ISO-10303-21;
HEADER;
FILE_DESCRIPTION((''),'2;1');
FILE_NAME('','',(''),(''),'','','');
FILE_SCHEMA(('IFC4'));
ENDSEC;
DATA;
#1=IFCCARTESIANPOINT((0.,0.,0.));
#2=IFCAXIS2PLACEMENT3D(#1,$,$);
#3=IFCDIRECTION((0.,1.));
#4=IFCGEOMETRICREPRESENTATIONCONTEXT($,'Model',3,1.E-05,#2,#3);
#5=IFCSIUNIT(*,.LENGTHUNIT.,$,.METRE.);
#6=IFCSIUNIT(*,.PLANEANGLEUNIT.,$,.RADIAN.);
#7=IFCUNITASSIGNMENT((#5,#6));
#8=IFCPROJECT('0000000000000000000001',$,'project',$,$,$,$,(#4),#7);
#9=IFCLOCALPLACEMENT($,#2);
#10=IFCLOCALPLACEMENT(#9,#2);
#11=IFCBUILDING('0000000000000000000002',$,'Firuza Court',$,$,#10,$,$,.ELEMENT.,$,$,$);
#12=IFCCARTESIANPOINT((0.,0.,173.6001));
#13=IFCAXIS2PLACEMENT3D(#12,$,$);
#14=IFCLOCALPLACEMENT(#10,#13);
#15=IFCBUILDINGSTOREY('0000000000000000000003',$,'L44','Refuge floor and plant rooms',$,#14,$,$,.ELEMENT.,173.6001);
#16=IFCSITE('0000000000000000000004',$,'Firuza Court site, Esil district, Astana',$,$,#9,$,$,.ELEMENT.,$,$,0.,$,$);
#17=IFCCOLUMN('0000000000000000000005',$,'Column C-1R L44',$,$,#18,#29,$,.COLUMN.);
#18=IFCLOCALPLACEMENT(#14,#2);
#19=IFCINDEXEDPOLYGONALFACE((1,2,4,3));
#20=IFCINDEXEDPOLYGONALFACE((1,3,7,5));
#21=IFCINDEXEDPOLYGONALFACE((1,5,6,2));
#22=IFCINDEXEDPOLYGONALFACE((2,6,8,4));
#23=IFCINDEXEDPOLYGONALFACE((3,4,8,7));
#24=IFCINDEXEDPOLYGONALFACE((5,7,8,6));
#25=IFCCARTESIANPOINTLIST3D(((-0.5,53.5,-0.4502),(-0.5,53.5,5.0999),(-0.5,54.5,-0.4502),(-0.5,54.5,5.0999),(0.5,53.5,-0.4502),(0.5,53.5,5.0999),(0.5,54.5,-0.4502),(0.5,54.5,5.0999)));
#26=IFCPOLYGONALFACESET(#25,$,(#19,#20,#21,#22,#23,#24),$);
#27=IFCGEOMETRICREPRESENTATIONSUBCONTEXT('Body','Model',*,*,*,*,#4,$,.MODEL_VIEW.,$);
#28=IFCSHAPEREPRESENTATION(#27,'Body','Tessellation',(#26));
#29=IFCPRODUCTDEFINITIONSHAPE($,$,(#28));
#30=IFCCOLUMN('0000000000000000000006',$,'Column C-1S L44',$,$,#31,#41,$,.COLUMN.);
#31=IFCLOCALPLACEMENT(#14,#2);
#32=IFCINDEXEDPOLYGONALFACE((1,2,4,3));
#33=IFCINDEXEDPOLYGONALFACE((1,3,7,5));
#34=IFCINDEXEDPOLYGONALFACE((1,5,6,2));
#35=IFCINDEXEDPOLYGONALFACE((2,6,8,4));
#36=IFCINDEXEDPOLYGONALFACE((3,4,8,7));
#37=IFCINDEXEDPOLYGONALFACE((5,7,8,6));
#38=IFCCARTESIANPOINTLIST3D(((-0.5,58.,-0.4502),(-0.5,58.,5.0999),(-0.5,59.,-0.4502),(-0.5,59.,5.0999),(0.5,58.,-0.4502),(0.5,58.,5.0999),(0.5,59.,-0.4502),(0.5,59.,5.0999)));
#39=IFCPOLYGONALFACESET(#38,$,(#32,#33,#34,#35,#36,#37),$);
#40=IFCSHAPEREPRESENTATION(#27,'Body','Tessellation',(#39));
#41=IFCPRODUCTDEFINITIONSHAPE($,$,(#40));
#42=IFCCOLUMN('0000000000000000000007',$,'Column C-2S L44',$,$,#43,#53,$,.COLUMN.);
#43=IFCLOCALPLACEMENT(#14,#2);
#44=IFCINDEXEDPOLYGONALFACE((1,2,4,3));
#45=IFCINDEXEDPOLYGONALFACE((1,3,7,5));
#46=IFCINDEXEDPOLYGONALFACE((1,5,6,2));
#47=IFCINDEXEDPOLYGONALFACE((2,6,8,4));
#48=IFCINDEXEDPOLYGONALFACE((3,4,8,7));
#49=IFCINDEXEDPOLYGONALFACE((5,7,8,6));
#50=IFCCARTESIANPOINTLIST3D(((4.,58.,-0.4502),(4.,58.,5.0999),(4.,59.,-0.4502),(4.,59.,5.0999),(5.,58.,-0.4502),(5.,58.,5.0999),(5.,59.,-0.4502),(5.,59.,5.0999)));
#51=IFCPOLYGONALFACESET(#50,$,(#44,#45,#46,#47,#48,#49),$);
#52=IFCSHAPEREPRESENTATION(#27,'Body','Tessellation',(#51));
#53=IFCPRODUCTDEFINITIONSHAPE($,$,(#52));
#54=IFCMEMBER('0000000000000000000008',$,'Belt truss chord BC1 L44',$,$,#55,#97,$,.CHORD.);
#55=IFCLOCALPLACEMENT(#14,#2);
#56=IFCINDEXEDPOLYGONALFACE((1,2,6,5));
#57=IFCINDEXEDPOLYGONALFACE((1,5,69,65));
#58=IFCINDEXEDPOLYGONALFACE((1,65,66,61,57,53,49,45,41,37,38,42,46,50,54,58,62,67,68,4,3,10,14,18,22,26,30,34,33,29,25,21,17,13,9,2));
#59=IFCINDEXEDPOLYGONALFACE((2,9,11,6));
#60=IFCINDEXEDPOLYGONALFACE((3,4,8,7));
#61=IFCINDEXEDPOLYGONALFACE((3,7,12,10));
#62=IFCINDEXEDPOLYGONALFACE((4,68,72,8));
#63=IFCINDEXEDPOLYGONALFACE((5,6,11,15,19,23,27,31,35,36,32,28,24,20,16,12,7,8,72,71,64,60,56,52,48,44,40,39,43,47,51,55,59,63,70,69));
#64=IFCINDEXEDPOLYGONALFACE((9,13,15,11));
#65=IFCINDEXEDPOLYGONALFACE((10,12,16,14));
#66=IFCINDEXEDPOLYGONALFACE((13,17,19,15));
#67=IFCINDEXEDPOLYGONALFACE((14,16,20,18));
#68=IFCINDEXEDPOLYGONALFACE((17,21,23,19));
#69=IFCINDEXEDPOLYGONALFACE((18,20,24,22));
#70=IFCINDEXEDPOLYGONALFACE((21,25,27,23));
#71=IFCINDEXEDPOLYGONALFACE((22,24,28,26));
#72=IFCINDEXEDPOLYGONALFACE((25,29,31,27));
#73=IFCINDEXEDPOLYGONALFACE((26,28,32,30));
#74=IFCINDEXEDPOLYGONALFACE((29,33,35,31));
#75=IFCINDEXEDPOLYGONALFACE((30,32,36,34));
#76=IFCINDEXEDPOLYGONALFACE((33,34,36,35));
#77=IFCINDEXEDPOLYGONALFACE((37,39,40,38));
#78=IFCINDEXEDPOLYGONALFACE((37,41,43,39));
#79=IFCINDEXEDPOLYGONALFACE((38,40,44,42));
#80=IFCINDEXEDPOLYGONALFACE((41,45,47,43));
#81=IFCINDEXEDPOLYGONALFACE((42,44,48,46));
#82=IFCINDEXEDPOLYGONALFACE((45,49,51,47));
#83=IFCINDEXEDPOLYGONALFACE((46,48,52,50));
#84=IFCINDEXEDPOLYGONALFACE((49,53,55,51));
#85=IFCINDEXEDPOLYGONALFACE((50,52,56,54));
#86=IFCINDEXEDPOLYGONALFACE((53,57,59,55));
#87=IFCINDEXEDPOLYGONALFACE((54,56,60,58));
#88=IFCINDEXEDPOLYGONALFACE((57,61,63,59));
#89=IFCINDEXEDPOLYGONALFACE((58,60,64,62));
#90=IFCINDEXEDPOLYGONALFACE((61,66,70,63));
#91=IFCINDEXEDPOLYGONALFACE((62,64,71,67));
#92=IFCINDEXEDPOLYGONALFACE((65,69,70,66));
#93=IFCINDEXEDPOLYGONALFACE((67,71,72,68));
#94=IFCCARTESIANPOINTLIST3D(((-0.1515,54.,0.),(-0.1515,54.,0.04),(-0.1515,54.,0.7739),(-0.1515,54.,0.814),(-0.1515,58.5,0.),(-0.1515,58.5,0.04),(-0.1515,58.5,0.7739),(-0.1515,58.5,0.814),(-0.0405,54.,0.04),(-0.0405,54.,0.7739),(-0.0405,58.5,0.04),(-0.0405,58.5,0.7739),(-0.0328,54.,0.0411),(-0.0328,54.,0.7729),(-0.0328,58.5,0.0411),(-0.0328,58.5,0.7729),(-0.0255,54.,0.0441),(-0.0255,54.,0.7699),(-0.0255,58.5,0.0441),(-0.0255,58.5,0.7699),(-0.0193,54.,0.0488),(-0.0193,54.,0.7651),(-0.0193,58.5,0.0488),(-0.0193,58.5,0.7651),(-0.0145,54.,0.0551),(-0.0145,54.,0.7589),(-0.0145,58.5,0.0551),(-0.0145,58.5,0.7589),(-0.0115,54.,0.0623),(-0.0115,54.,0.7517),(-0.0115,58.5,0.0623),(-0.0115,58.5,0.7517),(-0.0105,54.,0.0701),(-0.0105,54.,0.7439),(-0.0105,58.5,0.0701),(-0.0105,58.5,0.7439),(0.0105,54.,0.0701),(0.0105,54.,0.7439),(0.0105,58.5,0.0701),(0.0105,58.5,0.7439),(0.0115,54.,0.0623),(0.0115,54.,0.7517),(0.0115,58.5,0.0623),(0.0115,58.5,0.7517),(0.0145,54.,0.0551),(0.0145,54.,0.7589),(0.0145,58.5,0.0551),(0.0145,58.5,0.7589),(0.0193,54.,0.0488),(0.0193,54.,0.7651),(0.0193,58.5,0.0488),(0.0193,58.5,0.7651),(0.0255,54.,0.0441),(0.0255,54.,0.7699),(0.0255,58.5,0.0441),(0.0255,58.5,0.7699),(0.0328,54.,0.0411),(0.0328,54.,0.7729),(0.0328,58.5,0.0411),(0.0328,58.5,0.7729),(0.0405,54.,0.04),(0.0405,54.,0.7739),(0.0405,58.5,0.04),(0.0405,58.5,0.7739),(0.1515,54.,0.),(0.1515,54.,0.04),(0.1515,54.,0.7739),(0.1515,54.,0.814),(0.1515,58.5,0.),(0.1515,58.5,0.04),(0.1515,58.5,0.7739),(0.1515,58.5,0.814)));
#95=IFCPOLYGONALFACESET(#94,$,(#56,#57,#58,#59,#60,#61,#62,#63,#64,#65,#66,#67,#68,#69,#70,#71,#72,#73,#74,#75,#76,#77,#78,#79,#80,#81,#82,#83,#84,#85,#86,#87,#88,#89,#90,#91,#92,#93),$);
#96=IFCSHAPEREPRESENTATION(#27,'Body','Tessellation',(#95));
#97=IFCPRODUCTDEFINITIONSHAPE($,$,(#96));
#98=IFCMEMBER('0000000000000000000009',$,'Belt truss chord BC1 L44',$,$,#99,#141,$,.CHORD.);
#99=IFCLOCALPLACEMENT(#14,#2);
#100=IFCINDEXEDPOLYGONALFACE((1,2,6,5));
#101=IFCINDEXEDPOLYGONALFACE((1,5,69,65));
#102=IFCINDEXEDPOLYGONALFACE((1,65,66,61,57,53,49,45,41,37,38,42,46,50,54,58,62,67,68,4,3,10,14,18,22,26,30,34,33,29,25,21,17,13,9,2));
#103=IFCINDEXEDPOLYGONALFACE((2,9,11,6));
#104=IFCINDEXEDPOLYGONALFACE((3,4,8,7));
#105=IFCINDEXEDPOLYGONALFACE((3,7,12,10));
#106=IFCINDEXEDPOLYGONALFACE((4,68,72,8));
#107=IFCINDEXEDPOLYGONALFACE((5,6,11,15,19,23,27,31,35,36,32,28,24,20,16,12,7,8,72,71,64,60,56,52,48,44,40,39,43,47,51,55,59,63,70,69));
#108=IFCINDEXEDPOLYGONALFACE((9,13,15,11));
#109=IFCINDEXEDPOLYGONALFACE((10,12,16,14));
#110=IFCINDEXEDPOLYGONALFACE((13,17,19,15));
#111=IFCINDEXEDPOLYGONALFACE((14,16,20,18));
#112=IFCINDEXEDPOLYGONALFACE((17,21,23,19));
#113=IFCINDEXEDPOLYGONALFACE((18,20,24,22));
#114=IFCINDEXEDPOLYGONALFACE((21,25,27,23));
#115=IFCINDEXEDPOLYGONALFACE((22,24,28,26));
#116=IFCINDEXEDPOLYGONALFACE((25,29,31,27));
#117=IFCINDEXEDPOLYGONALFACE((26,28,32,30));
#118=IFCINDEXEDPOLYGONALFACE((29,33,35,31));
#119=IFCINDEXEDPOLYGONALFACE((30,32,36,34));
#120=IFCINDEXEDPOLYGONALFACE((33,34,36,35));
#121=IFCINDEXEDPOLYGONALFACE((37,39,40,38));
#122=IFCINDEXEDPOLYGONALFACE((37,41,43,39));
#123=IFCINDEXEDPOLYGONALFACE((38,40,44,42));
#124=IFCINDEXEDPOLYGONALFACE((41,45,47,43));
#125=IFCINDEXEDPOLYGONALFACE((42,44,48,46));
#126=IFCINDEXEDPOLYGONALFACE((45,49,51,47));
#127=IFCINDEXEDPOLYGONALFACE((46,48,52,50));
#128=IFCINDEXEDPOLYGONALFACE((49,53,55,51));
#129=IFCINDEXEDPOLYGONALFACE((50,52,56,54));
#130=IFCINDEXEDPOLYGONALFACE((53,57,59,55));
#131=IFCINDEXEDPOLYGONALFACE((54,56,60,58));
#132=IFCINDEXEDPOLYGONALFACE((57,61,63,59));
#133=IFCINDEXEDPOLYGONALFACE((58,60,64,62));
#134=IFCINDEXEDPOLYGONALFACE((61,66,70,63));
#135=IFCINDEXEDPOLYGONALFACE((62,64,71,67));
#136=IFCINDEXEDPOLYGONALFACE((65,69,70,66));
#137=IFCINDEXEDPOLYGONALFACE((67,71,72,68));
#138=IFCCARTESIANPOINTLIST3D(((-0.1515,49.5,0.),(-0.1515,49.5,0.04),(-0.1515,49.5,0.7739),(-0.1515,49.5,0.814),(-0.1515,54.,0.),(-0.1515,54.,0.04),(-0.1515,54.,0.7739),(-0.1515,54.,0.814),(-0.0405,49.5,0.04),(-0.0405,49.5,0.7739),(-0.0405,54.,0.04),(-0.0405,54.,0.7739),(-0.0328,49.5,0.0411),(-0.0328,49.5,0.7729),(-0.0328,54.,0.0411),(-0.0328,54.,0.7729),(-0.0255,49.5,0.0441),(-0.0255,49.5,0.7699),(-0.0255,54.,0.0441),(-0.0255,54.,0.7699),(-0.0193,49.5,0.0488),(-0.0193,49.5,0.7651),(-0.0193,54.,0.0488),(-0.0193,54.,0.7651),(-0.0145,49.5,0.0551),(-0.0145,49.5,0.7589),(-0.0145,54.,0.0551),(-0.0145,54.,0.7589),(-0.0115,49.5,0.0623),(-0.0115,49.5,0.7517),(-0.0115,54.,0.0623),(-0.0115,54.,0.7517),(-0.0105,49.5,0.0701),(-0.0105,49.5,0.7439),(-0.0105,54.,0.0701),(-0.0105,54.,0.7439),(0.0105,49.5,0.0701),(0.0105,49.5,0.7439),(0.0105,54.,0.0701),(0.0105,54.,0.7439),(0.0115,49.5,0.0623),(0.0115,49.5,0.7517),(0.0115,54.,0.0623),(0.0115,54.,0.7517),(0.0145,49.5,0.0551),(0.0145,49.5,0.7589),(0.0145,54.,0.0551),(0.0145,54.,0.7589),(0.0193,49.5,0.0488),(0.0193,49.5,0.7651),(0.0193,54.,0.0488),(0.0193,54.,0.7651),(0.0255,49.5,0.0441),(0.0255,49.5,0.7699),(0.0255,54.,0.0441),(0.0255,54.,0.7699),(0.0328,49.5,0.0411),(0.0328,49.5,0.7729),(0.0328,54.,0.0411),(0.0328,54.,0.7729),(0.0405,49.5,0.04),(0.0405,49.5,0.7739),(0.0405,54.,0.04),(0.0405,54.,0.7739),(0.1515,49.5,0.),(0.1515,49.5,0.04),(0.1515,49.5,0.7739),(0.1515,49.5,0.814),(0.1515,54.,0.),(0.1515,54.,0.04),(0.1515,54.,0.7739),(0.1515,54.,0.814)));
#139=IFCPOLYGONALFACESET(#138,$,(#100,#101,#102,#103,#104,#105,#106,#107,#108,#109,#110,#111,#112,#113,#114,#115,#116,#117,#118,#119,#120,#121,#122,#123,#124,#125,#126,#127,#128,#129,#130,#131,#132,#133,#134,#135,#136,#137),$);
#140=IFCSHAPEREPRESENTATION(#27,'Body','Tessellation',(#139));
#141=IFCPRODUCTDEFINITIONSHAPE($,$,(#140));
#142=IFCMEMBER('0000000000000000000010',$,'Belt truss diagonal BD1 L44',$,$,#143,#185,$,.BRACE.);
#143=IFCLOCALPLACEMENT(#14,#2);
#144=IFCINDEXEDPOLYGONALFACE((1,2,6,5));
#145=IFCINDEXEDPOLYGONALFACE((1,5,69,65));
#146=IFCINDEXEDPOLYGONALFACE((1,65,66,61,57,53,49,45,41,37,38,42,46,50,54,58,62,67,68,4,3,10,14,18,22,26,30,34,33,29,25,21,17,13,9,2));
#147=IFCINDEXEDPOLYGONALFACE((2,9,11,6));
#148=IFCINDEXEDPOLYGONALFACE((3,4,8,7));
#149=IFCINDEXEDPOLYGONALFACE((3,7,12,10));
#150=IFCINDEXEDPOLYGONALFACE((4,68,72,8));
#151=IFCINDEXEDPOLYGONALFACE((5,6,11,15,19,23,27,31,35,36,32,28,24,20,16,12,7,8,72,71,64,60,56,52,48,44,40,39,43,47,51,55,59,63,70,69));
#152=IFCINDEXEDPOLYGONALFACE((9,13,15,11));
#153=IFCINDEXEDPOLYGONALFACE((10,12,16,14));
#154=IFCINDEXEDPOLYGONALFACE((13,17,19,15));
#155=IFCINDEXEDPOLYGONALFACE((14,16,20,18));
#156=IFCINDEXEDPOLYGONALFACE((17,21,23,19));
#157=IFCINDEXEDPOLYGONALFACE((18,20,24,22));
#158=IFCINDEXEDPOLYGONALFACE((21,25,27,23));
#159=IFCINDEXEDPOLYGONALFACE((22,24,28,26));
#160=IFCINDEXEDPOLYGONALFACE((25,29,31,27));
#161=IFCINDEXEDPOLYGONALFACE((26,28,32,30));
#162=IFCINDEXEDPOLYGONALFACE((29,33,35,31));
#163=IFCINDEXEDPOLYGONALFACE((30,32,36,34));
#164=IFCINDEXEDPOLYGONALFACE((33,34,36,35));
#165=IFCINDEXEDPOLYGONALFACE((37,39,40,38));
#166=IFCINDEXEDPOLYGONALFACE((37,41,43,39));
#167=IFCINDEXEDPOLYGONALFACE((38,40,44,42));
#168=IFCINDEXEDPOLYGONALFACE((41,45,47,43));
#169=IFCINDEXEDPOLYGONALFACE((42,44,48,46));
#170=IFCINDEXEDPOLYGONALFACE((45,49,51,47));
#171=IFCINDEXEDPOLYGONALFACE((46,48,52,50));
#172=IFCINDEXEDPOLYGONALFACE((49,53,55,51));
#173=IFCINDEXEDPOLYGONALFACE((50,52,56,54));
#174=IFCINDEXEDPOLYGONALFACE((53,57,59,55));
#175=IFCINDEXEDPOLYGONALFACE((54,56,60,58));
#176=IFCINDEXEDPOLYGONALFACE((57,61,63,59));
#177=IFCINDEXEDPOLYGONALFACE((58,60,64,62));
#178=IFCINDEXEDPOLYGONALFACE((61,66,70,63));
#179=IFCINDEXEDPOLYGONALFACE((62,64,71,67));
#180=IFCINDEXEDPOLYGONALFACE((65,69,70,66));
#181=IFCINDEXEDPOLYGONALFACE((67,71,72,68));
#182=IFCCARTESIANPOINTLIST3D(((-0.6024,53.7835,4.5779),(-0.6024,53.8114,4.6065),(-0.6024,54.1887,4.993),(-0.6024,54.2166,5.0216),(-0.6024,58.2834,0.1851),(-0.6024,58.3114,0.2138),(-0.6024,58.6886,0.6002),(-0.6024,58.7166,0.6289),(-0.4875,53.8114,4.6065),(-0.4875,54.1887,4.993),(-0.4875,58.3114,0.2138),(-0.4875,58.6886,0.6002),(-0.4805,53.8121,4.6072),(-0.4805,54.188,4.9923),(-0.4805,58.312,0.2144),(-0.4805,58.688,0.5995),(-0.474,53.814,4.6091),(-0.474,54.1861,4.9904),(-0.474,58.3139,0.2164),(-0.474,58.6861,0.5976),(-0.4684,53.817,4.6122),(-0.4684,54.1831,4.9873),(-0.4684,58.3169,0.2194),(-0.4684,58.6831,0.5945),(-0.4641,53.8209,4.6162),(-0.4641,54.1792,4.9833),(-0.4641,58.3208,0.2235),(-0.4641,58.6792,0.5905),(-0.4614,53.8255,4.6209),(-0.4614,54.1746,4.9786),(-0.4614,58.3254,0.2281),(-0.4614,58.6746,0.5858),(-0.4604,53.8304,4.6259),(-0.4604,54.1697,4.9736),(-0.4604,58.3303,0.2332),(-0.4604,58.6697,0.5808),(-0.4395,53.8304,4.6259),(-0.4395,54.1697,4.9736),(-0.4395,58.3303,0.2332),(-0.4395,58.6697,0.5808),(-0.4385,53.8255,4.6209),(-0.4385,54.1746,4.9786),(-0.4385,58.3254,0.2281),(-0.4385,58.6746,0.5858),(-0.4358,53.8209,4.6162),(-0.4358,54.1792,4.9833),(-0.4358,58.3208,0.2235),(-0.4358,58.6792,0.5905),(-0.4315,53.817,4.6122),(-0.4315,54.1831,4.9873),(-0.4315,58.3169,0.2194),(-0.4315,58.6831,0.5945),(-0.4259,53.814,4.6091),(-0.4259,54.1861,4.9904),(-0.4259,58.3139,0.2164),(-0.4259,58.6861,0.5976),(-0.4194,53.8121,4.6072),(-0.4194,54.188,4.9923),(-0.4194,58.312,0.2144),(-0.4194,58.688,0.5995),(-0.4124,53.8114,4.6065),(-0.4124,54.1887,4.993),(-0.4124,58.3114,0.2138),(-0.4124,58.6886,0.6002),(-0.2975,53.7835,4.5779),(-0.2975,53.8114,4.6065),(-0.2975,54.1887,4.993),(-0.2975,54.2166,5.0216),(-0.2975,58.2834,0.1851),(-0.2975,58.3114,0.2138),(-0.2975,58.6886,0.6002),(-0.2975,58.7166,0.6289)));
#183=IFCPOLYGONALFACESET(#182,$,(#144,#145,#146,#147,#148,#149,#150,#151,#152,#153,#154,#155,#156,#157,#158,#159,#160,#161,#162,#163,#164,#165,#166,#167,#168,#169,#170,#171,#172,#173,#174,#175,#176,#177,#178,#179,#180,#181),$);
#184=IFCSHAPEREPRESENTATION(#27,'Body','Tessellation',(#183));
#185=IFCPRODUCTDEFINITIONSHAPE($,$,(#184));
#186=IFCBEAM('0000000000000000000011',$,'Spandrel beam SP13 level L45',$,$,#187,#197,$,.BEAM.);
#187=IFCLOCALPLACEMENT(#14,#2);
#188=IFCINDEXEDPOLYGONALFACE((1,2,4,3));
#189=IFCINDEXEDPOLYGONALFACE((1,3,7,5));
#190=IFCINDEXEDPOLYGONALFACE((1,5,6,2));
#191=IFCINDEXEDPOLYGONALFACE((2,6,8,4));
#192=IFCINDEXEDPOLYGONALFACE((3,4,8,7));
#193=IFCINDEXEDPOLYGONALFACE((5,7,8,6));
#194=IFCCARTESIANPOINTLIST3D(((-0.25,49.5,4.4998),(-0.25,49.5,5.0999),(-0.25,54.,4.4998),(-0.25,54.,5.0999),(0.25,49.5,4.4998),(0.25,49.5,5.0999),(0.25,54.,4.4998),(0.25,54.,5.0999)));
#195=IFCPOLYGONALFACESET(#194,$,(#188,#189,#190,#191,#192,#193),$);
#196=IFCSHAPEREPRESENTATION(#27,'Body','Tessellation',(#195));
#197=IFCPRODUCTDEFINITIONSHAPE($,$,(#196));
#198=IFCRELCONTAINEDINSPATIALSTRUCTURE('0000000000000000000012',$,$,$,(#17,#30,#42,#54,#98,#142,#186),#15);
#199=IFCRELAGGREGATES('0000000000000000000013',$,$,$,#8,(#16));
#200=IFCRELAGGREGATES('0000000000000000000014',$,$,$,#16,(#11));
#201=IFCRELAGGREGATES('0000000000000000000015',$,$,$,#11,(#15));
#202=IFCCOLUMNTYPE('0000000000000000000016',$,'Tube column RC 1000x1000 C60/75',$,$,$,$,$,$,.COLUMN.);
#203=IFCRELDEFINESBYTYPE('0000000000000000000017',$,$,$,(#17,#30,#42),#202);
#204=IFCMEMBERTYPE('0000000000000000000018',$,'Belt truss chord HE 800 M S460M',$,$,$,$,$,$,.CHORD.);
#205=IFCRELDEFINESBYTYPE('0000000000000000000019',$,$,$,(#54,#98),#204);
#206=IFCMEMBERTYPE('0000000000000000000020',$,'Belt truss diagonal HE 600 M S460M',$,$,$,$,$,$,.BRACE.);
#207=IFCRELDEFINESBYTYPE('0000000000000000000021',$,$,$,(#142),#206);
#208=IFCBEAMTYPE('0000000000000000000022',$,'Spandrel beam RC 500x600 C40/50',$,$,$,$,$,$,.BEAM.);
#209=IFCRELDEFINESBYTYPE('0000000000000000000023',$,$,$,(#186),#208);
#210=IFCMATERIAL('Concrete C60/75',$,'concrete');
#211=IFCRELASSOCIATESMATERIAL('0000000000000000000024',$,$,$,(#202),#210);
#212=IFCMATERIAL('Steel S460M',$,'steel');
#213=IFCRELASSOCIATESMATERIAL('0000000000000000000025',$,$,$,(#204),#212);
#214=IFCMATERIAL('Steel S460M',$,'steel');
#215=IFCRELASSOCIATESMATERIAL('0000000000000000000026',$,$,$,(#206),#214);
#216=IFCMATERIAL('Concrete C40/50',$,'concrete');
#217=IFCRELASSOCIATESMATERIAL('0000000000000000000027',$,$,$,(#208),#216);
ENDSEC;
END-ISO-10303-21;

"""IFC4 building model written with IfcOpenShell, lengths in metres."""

from ifc_helpers import new_model, si_unit, direction, frame, origin, origin_2d, place, context, subcontext, project, spatial, rectangle, i_section, extrude, material, material_profile, profile_set, type_object, element, save


model = new_model("IFC4")

# Units and contexts
model_context = context("Model", 3, precision=1e-05, world=origin(), true_north=direction((0.0, 1.0)))
body_context = subcontext(model_context, "Body", "Model", "MODEL_VIEW")
ifc_project = project(units=[si_unit("LENGTHUNIT", "METRE"), si_unit("PLANEANGLEUNIT", "RADIAN")], contexts=[model_context])

# Site, building, storey
site_placement = place(None, origin())
site = spatial("IfcSite", under=ifc_project, at=site_placement, Name="Firuza Court site, Esil district, Astana", CompositionType="ELEMENT", RefElevation=0.0)
building_placement = place(site_placement, origin())
building = spatial("IfcBuilding", under=site, at=building_placement, Name="Firuza Court", CompositionType="ELEMENT")
storey_placement = place(building_placement, frame((0.0, 0.0, 173.6001)))
storey = spatial("IfcBuildingStorey", under=building, at=storey_placement, Name="L44", Description="Refuge floor and plant rooms", CompositionType="ELEMENT", Elevation=173.6001)

# Columns
ifc_material_1 = material(Name="Concrete C60/75", Category="concrete")
ifc_material_profile_1 = material_profile(ifc_material_1, rectangle(XDim=1.0, YDim=1.0, at=origin_2d()), Name="RC 1000x1000")
ifc_profile_set_1 = profile_set([ifc_material_profile_1], Name="Concrete C60/75")
column_type = type_object("IfcColumnType", Name="Tube column RC 1000x1000 C60/75", PredefinedType="COLUMN", material=ifc_profile_set_1)
for number, where, z_axis, x_axis, name in (
    (1, (0.0, 54.0, -0.4502), (0.0, 0.0, 1.0), (1.0, 0.0, 0.0), "Column C-1R L44"),
    (2, (0.0, 58.5, -0.4502), (0.0, 0.0, 1.0), (1.0, 0.0, 0.0), "Column C-1S L44"),
    (3, (4.5, 58.5, -0.4502), (0.0, 0.0, 1.0), (1.0, 0.0, 0.0), "Column C-2S L44"),
):
    element("IfcColumn", number, at=place(storey_placement, frame(where, z_axis=z_axis, x_axis=x_axis)), inside=storey, type_object=column_type, Name=name, PredefinedType="COLUMN", context=body_context, shape_type="SweptSolid", body=[
        extrude(rectangle(XDim=1.0, YDim=1.0, at=origin_2d()), origin(), (0.0, 0.0, 1.0), 5.55),
    ])

# Members
ifc_material_2 = material(Name="Steel S460M", Category="steel")
ifc_material_profile_2 = material_profile(ifc_material_2, i_section(OverallWidth=0.303, OverallDepth=0.814, WebThickness=0.021, FlangeThickness=0.04, FilletRadius=0.03, at=origin_2d()), Name="HE 800 M")
ifc_profile_set_2 = profile_set([ifc_material_profile_2], Name="Steel S460M")
member_type_1 = type_object("IfcMemberType", Name="Belt truss chord HE 800 M S460M", PredefinedType="CHORD", material=ifc_profile_set_2)
for number, where, z_axis, x_axis, name in (
    (4, (0.0, 58.5, 0.407), (0.0, -1.0, 0.0), (1.0, 0.0, 0.0), "Belt truss chord BC1 L44"),
    (5, (0.0, 54.0, 0.407), (0.0, -1.0, 0.0), (1.0, 0.0, 0.0), "Belt truss chord BC1 L44"),
):
    element("IfcMember", number, at=place(storey_placement, frame(where, z_axis=z_axis, x_axis=x_axis)), inside=storey, type_object=member_type_1, Name=name, PredefinedType="CHORD", context=body_context, shape_type="SweptSolid", body=[
        extrude(i_section(OverallWidth=0.303, OverallDepth=0.814, WebThickness=0.021, FlangeThickness=0.04, FilletRadius=0.03, at=origin_2d()), origin(), (0.0, 0.0, 1.0), 4.5),
    ])
ifc_material_3 = material(Name="Steel S460M", Category="steel")
ifc_material_profile_3 = material_profile(ifc_material_3, i_section(OverallWidth=0.3049, OverallDepth=0.6201, WebThickness=0.021, FlangeThickness=0.04, FilletRadius=0.0271, at=origin_2d()), Name="HE 600 M")
ifc_profile_set_3 = profile_set([ifc_material_profile_3], Name="Steel S460M")
member_type_2 = type_object("IfcMemberType", Name="Belt truss diagonal HE 600 M S460M", PredefinedType="BRACE", material=ifc_profile_set_3)
member_placement = place(storey_placement, frame((-0.45, 58.5, 0.407), z_axis=(0.0, -0.715577, 0.698534), x_axis=(1.0, 0.0, 0.0)))
element("IfcMember", 6, at=member_placement, inside=storey, type_object=member_type_2, Name="Belt truss diagonal BD1 L44", PredefinedType="BRACE", context=body_context, shape_type="SweptSolid", body=[
    extrude(i_section(OverallWidth=0.3049, OverallDepth=0.6201, WebThickness=0.021, FlangeThickness=0.04, FilletRadius=0.0271, at=origin_2d()), origin(), (0.0, 0.0, 1.0), 6.2886),
])

# Beam
ifc_material_4 = material(Name="Concrete C40/50", Category="concrete")
ifc_material_profile_4 = material_profile(ifc_material_4, rectangle(XDim=0.5, YDim=0.6001, at=origin_2d()), Name="RC 500x600")
ifc_profile_set_4 = profile_set([ifc_material_profile_4], Name="Concrete C40/50")
beam_type = type_object("IfcBeamType", Name="Spandrel beam RC 500x600 C40/50", PredefinedType="BEAM", material=ifc_profile_set_4)
for number, where, z_axis, x_axis, name in (
    (7, (0.0, 54.0, 4.7998), (0.0, -1.0, 0.0), (1.0, 0.0, 0.0), "Spandrel beam SP13 level L45"),
):
    element("IfcBeam", number, at=place(storey_placement, frame(where, z_axis=z_axis, x_axis=x_axis)), inside=storey, type_object=beam_type, Name=name, PredefinedType="BEAM", context=body_context, shape_type="SweptSolid", body=[
        extrude(rectangle(XDim=0.5, YDim=0.6001, at=origin_2d()), origin(), (0.0, 0.0, 1.0), 4.5),
    ])

save(model, "model.ifc")
